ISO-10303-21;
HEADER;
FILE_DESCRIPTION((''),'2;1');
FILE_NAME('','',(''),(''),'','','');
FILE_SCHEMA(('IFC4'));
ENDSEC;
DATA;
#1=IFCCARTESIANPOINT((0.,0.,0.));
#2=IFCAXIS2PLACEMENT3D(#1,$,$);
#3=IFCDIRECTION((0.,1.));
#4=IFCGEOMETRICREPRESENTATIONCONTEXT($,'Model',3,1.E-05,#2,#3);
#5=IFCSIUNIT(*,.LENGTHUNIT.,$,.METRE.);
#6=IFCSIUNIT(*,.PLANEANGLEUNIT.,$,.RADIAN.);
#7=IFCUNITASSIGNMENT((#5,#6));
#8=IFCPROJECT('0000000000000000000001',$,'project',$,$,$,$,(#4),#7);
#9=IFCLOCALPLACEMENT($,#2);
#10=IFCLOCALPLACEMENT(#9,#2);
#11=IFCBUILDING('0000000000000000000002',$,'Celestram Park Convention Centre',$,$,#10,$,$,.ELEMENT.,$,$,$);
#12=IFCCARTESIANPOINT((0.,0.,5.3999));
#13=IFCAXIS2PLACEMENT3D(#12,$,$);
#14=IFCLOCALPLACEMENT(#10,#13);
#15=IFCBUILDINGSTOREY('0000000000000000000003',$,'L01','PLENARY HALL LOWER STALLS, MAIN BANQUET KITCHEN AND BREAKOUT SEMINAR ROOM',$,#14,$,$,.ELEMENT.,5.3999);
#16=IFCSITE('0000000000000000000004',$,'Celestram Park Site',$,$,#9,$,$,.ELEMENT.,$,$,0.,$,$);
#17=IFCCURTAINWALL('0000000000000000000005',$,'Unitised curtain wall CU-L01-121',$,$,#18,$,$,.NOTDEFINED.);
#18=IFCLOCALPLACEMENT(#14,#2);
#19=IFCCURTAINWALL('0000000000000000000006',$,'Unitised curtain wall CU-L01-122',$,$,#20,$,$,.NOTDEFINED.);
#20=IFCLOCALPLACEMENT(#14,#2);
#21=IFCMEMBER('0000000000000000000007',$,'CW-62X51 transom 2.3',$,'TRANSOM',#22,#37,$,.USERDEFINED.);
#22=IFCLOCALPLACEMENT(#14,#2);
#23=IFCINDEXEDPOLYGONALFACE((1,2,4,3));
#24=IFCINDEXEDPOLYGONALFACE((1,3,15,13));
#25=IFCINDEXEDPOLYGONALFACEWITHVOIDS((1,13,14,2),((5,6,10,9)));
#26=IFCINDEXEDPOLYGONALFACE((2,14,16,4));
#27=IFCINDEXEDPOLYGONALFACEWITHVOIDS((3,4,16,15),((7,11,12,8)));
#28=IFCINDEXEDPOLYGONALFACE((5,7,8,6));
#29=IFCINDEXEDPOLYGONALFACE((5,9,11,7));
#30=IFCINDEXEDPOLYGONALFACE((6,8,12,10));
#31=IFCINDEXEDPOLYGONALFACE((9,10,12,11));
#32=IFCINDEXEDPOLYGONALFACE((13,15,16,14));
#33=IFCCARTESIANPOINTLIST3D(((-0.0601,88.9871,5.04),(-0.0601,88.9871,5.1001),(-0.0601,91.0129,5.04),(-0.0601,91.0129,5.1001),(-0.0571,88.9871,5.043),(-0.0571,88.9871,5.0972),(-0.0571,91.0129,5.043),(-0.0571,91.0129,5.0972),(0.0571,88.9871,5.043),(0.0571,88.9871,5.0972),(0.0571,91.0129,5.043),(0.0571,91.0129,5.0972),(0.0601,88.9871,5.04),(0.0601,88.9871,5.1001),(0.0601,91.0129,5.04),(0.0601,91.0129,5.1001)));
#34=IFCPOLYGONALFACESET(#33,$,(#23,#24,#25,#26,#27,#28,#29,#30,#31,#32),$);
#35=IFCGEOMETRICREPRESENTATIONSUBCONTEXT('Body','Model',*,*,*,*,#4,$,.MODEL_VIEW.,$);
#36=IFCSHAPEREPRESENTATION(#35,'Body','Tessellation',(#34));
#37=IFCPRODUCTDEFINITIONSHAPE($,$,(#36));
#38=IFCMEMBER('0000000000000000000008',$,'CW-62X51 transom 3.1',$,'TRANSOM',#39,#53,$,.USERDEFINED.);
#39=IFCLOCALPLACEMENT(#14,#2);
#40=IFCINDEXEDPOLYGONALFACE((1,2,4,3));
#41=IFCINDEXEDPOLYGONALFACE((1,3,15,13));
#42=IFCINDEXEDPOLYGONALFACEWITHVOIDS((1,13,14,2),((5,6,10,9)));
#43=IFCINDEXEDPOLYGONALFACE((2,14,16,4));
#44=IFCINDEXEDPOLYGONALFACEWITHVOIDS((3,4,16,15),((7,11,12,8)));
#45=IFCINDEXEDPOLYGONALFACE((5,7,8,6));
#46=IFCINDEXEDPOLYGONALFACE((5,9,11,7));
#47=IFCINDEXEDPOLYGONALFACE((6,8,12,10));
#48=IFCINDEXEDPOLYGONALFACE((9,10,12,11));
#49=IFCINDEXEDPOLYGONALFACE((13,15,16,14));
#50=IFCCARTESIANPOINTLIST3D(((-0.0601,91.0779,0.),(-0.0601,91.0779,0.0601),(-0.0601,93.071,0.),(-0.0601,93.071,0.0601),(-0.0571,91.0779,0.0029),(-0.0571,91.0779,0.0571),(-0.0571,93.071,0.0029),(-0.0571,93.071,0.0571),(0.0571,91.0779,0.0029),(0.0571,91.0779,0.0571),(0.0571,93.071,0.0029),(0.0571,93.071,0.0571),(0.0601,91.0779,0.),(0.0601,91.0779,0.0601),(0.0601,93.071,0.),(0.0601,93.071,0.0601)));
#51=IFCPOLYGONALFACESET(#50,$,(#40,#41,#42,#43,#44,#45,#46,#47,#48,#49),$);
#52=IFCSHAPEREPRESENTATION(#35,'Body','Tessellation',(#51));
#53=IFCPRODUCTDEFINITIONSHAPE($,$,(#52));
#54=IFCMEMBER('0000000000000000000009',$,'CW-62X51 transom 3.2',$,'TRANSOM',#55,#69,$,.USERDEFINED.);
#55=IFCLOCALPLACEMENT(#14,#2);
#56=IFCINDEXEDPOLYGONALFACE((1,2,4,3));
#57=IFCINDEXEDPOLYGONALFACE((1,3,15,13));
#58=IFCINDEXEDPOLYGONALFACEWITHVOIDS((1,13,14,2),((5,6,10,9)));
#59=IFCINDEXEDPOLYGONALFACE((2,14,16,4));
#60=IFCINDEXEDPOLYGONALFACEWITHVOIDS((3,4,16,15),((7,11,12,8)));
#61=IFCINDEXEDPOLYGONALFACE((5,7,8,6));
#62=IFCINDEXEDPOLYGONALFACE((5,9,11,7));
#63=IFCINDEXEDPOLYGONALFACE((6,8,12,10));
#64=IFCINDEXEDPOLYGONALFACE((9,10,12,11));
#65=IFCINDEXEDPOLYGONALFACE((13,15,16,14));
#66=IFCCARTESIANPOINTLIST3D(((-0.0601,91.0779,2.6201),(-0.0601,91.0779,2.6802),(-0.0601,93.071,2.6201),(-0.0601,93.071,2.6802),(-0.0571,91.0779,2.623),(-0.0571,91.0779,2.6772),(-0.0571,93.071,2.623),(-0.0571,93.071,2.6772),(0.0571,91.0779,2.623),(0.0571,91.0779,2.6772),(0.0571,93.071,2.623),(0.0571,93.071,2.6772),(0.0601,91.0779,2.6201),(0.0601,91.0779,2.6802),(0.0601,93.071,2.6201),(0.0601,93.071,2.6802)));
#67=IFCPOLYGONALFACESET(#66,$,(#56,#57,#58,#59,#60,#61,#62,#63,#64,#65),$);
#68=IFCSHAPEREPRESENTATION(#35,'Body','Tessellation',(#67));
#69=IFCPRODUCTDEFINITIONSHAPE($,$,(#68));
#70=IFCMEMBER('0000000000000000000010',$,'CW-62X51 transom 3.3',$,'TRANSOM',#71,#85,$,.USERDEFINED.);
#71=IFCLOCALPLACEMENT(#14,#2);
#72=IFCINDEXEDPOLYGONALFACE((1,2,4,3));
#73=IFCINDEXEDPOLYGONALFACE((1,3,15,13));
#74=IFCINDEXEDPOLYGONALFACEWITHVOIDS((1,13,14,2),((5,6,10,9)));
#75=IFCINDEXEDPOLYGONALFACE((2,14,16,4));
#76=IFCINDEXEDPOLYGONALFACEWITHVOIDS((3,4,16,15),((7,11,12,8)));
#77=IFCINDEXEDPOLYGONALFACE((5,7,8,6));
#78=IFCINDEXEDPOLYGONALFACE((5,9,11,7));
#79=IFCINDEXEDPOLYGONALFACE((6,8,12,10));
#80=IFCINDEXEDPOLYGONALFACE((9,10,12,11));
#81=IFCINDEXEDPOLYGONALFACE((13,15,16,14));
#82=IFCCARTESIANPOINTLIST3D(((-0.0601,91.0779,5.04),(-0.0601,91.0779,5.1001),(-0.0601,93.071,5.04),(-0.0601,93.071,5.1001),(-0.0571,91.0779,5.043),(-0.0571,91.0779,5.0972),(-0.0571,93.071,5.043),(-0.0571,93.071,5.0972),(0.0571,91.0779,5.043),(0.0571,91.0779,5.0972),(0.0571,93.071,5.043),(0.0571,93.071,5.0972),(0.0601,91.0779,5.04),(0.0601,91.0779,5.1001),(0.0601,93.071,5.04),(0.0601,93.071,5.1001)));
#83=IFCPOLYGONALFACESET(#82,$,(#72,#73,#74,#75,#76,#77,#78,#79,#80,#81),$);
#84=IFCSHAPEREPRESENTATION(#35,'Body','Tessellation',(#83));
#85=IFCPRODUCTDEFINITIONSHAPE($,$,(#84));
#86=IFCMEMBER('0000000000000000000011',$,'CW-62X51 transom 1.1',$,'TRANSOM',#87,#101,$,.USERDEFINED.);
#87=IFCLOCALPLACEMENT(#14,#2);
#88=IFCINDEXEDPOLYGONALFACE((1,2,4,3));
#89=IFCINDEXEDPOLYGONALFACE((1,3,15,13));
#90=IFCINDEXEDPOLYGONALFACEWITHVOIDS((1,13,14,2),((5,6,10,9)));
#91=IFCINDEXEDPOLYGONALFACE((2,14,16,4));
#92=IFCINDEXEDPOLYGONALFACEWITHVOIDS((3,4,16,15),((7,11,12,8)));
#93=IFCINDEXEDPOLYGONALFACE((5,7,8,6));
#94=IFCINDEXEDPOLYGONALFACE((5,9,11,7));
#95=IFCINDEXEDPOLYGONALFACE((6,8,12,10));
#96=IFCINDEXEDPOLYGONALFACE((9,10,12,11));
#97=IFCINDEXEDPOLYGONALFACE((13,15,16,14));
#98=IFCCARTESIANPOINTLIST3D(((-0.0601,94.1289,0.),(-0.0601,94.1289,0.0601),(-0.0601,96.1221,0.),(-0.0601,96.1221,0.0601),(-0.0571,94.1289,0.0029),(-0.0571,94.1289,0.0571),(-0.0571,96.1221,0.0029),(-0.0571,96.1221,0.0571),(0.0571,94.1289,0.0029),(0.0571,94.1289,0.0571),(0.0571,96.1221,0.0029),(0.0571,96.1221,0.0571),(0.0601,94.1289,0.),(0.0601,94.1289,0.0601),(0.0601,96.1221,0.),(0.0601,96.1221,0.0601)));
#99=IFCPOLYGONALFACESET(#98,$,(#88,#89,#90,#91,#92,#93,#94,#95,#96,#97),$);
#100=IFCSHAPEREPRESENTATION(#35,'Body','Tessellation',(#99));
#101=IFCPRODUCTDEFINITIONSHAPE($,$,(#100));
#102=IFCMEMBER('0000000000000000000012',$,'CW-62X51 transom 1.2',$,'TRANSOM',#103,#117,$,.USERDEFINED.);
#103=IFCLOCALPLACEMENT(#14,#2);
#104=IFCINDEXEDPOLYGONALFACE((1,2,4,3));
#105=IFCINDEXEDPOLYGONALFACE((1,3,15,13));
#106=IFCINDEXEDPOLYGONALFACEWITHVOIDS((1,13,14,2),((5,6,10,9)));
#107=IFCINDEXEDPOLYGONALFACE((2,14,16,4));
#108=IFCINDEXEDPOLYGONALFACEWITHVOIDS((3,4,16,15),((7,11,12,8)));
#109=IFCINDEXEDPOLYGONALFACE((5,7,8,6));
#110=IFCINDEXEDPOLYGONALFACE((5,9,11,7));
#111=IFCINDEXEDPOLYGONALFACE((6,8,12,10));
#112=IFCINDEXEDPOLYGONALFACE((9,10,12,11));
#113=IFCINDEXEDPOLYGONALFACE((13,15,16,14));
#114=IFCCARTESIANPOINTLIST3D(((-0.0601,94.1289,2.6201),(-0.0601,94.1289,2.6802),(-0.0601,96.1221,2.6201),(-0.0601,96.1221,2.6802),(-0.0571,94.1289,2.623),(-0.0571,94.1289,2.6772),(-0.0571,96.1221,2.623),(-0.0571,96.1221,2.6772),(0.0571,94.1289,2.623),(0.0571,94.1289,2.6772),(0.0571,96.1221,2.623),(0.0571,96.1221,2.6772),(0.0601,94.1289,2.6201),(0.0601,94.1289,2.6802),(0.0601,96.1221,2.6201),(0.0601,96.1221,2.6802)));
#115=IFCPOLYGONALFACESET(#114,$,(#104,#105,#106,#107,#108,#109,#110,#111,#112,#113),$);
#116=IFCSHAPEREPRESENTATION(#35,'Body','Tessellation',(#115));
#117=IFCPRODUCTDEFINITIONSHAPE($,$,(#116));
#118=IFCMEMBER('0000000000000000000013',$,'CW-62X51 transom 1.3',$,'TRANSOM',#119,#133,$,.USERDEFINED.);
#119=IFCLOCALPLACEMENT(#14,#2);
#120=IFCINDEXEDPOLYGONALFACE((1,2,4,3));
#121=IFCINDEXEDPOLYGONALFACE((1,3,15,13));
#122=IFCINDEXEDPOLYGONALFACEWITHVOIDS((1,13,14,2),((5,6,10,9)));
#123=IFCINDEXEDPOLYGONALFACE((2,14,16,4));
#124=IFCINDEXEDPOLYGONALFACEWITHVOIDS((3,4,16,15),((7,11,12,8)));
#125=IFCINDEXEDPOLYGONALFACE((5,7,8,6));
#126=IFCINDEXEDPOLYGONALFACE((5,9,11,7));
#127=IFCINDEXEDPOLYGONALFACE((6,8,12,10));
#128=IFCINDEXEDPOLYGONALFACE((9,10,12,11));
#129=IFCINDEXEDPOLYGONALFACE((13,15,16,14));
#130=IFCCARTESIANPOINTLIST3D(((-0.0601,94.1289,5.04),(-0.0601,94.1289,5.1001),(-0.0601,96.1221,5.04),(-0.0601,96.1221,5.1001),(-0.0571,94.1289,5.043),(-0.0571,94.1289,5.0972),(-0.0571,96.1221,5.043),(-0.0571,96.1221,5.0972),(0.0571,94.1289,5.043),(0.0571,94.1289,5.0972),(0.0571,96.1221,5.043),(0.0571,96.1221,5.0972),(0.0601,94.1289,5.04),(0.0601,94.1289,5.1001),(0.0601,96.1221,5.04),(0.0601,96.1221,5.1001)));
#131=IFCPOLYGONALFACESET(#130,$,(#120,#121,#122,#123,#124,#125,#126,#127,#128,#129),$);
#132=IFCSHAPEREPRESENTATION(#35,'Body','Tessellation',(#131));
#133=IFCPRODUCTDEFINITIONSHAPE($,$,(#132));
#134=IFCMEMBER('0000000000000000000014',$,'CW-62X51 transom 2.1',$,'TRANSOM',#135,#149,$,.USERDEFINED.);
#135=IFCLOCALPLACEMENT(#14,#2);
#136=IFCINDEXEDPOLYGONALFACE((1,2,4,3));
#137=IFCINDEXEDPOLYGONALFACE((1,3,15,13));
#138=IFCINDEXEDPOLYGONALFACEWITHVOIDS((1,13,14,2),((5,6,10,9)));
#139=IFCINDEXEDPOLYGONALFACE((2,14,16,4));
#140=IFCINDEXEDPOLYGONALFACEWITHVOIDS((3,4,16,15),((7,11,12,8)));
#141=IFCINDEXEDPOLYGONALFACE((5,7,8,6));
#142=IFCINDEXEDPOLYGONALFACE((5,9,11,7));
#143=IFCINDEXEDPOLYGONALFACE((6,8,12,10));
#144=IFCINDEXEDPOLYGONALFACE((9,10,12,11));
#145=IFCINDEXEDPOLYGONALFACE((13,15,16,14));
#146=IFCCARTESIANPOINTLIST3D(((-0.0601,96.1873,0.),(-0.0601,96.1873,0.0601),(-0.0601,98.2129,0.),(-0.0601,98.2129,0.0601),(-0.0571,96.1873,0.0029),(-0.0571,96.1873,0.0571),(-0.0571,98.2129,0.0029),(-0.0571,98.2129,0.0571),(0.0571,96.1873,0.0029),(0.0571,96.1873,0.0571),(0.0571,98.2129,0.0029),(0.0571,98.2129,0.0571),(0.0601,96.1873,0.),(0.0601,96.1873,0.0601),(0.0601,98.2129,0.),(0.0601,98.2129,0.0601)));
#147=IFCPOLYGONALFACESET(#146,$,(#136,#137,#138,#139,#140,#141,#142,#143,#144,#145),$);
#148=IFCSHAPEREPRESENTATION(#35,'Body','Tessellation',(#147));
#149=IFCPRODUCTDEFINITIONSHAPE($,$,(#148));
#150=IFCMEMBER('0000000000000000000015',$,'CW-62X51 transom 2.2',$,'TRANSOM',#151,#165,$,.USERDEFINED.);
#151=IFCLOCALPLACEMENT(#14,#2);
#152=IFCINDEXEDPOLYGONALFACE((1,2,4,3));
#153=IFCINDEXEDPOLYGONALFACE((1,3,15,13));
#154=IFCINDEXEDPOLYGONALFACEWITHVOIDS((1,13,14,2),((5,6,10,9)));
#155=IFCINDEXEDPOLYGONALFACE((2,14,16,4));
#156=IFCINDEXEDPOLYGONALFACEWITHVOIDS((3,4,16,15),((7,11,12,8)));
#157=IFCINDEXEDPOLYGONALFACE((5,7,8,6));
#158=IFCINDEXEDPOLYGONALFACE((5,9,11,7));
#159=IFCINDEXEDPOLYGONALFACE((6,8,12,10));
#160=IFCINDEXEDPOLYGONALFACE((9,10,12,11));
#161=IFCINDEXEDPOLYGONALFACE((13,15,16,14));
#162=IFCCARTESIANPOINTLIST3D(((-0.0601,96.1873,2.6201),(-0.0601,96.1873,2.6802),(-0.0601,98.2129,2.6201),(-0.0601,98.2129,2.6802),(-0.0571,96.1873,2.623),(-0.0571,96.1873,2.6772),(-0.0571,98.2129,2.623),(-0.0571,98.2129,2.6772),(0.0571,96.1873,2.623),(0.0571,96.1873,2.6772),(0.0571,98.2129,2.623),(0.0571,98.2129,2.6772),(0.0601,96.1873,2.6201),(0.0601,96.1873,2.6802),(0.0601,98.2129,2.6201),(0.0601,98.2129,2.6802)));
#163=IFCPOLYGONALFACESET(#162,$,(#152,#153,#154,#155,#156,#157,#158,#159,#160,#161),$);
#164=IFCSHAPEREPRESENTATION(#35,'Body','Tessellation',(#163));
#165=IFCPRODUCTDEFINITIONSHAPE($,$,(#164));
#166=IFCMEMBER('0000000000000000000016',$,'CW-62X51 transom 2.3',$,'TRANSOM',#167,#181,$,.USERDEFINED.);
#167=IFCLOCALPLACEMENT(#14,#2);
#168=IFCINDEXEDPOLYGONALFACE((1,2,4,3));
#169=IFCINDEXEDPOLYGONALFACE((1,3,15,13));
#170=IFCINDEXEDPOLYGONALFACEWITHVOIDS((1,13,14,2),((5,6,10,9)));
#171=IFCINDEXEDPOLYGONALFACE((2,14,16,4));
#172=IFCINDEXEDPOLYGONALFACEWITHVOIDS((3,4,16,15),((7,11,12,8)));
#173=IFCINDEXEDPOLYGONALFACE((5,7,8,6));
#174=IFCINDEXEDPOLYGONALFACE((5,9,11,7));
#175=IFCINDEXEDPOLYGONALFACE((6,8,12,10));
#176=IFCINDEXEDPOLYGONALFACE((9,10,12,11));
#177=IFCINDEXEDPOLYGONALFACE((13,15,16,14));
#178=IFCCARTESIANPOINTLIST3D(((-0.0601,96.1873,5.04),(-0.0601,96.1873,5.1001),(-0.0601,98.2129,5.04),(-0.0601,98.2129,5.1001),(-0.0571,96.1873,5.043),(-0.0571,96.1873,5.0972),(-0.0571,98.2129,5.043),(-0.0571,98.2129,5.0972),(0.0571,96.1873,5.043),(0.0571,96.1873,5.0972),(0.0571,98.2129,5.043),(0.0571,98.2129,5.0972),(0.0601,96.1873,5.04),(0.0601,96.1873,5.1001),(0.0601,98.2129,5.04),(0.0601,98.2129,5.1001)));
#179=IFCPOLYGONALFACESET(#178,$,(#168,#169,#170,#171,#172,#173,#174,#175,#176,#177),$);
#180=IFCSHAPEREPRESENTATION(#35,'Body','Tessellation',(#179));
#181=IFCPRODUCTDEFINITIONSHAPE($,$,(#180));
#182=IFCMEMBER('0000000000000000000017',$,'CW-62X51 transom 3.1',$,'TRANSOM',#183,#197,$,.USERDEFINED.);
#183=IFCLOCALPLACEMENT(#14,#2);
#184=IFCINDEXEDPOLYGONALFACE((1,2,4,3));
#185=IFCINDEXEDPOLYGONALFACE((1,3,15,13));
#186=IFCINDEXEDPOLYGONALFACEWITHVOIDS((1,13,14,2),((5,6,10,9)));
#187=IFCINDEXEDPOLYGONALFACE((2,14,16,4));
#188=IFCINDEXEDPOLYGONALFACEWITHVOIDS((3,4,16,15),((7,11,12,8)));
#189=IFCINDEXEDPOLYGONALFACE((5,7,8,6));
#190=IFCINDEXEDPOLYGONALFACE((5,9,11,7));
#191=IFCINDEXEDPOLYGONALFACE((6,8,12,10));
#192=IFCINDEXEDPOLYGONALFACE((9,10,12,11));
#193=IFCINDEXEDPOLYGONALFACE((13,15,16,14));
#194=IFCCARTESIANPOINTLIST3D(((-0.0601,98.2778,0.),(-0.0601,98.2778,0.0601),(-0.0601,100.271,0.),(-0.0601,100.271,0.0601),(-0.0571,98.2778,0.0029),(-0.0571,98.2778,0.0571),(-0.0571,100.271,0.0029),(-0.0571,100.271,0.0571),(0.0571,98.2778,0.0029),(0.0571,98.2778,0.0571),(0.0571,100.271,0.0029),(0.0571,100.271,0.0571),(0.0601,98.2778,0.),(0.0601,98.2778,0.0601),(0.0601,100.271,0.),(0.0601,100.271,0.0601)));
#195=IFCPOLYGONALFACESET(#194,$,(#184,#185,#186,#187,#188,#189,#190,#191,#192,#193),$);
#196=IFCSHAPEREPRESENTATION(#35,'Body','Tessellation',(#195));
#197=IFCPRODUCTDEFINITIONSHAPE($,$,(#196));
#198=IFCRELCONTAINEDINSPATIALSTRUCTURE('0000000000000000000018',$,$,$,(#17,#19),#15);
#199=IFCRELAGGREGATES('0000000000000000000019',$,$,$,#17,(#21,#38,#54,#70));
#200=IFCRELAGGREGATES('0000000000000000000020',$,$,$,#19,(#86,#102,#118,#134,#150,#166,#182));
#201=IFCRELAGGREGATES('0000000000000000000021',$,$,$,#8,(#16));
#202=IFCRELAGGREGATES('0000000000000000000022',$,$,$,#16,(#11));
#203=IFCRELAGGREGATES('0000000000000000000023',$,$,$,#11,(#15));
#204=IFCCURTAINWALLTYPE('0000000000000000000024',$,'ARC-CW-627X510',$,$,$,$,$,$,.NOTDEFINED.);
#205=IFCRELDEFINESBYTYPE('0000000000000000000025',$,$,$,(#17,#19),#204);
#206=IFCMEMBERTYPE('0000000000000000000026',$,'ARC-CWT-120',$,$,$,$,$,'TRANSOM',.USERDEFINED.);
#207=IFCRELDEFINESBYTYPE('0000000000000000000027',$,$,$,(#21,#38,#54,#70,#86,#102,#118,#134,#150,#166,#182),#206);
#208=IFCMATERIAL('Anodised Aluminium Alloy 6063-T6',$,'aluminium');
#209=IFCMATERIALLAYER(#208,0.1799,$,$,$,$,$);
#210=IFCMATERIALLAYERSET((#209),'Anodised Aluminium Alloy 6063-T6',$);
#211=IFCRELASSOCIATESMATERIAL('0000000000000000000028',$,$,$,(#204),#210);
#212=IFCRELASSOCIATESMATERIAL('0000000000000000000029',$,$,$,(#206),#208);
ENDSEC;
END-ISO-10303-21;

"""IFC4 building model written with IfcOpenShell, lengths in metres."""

from ifc_helpers import new_model, si_unit, direction, frame, origin, origin_2d, place, context, subcontext, project, spatial, hollow_rectangle, extrude, material, layer, layer_set, material_profile, profile_set, type_object, element, aggregate, save


model = new_model("IFC4")

# Units and contexts
model_context = context("Model", 3, precision=1e-05, world=origin(), true_north=direction((0.0, 1.0)))
body_context = subcontext(model_context, "Body", "Model", "MODEL_VIEW")
ifc_project = project(units=[si_unit("LENGTHUNIT", "METRE"), si_unit("PLANEANGLEUNIT", "RADIAN")], contexts=[model_context])

# Site, building, storey
site_placement = place(None, origin())
site = spatial("IfcSite", under=ifc_project, at=site_placement, Name="Celestram Park Site", CompositionType="ELEMENT", RefElevation=0.0)
building_placement = place(site_placement, origin())
building = spatial("IfcBuilding", under=site, at=building_placement, Name="Celestram Park Convention Centre", CompositionType="ELEMENT")
storey_placement = place(building_placement, frame((0.0, 0.0, 5.3999)))
storey = spatial("IfcBuildingStorey", under=building, at=storey_placement, Name="L01", Description="PLENARY HALL LOWER STALLS, MAIN BANQUET KITCHEN AND BREAKOUT SEMINAR ROOM", CompositionType="ELEMENT", Elevation=5.3999)

# Curtain walls
ifc_material_1 = material(Name="Anodised Aluminium Alloy 6063-T6", Category="aluminium")
ifc_layer_1 = layer(ifc_material_1, 0.1799)
ifc_layer_set_1 = layer_set([ifc_layer_1], Name="Anodised Aluminium Alloy 6063-T6")
curtain_wall_type = type_object("IfcCurtainWallType", Name="ARC-CW-627X510", PredefinedType="NOTDEFINED", material=ifc_layer_set_1)
curtain_wall_1_placement = place(storey_placement, origin())
curtain_wall_1 = element("IfcCurtainWall", 1, at=curtain_wall_1_placement, inside=storey, type_object=curtain_wall_type, Name="Unitised curtain wall CU-L01-121", PredefinedType="NOTDEFINED")
curtain_wall_2_placement = place(storey_placement, origin())
curtain_wall_2 = element("IfcCurtainWall", 2, at=curtain_wall_2_placement, inside=storey, type_object=curtain_wall_type, Name="Unitised curtain wall CU-L01-122", PredefinedType="NOTDEFINED")

# Members
ifc_material_profile_1 = material_profile(ifc_material_1, hollow_rectangle(XDim=0.1201, YDim=0.0601, WallThickness=0.0029, at=origin_2d()), Name="ALU120X60X3")
ifc_profile_set_1 = profile_set([ifc_material_profile_1], Name="Anodised Aluminium Alloy 6063-T6")
member_type_1 = type_object("IfcMemberType", Name="ARC-CWT-120", ElementType="TRANSOM", PredefinedType="USERDEFINED", material=ifc_profile_set_1)
member_1_placement = place(storey_placement, frame((0.0, 88.9871, 5.0701), z_axis=(0.0, 1.0, 0.0), x_axis=(-1.0, 0.0, 0.0)))
member_1 = element("IfcMember", 3, at=member_1_placement, type_object=member_type_1, Name="CW-62X51 transom 2.3", ObjectType="TRANSOM", PredefinedType="USERDEFINED", context=body_context, shape_type="SweptSolid", body=[
    extrude(hollow_rectangle(XDim=0.1201, YDim=0.0601, WallThickness=0.0029, at=origin_2d()), origin(), (0.0, 0.0, 1.0), 2.0259),
])
member_2_placement = place(storey_placement, frame((0.0, 91.0779, 0.03), z_axis=(0.0, 1.0, 0.0), x_axis=(-1.0, 0.0, 0.0)))
member_2 = element("IfcMember", 4, at=member_2_placement, type_object=member_type_1, Name="CW-62X51 transom 3.1", ObjectType="TRANSOM", PredefinedType="USERDEFINED", context=body_context, shape_type="SweptSolid", body=[
    extrude(hollow_rectangle(XDim=0.1201, YDim=0.0601, WallThickness=0.0029, at=origin_2d()), origin(), (0.0, 0.0, 1.0), 1.9932),
])
member_3_placement = place(storey_placement, frame((0.0, 91.0779, 2.6501), z_axis=(0.0, 1.0, 0.0), x_axis=(-1.0, 0.0, 0.0)))
member_3 = element("IfcMember", 5, at=member_3_placement, type_object=member_type_1, Name="CW-62X51 transom 3.2", ObjectType="TRANSOM", PredefinedType="USERDEFINED", context=body_context, shape_type="SweptSolid", body=[
    extrude(hollow_rectangle(XDim=0.1201, YDim=0.0601, WallThickness=0.0029, at=origin_2d()), origin(), (0.0, 0.0, 1.0), 1.9932),
])
member_4_placement = place(storey_placement, frame((0.0, 91.0779, 5.0701), z_axis=(0.0, 1.0, 0.0), x_axis=(-1.0, 0.0, 0.0)))
member_4 = element("IfcMember", 6, at=member_4_placement, type_object=member_type_1, Name="CW-62X51 transom 3.3", ObjectType="TRANSOM", PredefinedType="USERDEFINED", context=body_context, shape_type="SweptSolid", body=[
    extrude(hollow_rectangle(XDim=0.1201, YDim=0.0601, WallThickness=0.0029, at=origin_2d()), origin(), (0.0, 0.0, 1.0), 1.9932),
])
member_5_placement = place(storey_placement, frame((0.0, 94.1289, 0.03), z_axis=(0.0, 1.0, 0.0), x_axis=(-1.0, 0.0, 0.0)))
member_5 = element("IfcMember", 7, at=member_5_placement, type_object=member_type_1, Name="CW-62X51 transom 1.1", ObjectType="TRANSOM", PredefinedType="USERDEFINED", context=body_context, shape_type="SweptSolid", body=[
    extrude(hollow_rectangle(XDim=0.1201, YDim=0.0601, WallThickness=0.0029, at=origin_2d()), origin(), (0.0, 0.0, 1.0), 1.9932),
])
member_6_placement = place(storey_placement, frame((0.0, 94.1289, 2.6501), z_axis=(0.0, 1.0, 0.0), x_axis=(-1.0, 0.0, 0.0)))
member_6 = element("IfcMember", 8, at=member_6_placement, type_object=member_type_1, Name="CW-62X51 transom 1.2", ObjectType="TRANSOM", PredefinedType="USERDEFINED", context=body_context, shape_type="SweptSolid", body=[
    extrude(hollow_rectangle(XDim=0.1201, YDim=0.0601, WallThickness=0.0029, at=origin_2d()), origin(), (0.0, 0.0, 1.0), 1.9932),
])
member_7_placement = place(storey_placement, frame((0.0, 94.1289, 5.0701), z_axis=(0.0, 1.0, 0.0), x_axis=(-1.0, 0.0, 0.0)))
member_7 = element("IfcMember", 9, at=member_7_placement, type_object=member_type_1, Name="CW-62X51 transom 1.3", ObjectType="TRANSOM", PredefinedType="USERDEFINED", context=body_context, shape_type="SweptSolid", body=[
    extrude(hollow_rectangle(XDim=0.1201, YDim=0.0601, WallThickness=0.0029, at=origin_2d()), origin(), (0.0, 0.0, 1.0), 1.9932),
])
member_8_placement = place(storey_placement, frame((0.0, 96.1873, 0.03), z_axis=(0.0, 1.0, 0.0), x_axis=(-1.0, 0.0, 0.0)))
member_8 = element("IfcMember", 10, at=member_8_placement, type_object=member_type_1, Name="CW-62X51 transom 2.1", ObjectType="TRANSOM", PredefinedType="USERDEFINED", context=body_context, shape_type="SweptSolid", body=[
    extrude(hollow_rectangle(XDim=0.1201, YDim=0.0601, WallThickness=0.0029, at=origin_2d()), origin(), (0.0, 0.0, 1.0), 2.0256),
])
member_9_placement = place(storey_placement, frame((0.0, 96.1873, 2.6501), z_axis=(0.0, 1.0, 0.0), x_axis=(-1.0, 0.0, 0.0)))
member_9 = element("IfcMember", 11, at=member_9_placement, type_object=member_type_1, Name="CW-62X51 transom 2.2", ObjectType="TRANSOM", PredefinedType="USERDEFINED", context=body_context, shape_type="SweptSolid", body=[
    extrude(hollow_rectangle(XDim=0.1201, YDim=0.0601, WallThickness=0.0029, at=origin_2d()), origin(), (0.0, 0.0, 1.0), 2.0256),
])
member_10_placement = place(storey_placement, frame((0.0, 96.1873, 5.0701), z_axis=(0.0, 1.0, 0.0), x_axis=(-1.0, 0.0, 0.0)))
member_10 = element("IfcMember", 12, at=member_10_placement, type_object=member_type_1, Name="CW-62X51 transom 2.3", ObjectType="TRANSOM", PredefinedType="USERDEFINED", context=body_context, shape_type="SweptSolid", body=[
    extrude(hollow_rectangle(XDim=0.1201, YDim=0.0601, WallThickness=0.0029, at=origin_2d()), origin(), (0.0, 0.0, 1.0), 2.0256),
])
member_11_placement = place(storey_placement, frame((0.0, 98.2778, 0.03), z_axis=(0.0, 1.0, 0.0), x_axis=(-1.0, 0.0, 0.0)))
member_11 = element("IfcMember", 13, at=member_11_placement, type_object=member_type_1, Name="CW-62X51 transom 3.1", ObjectType="TRANSOM", PredefinedType="USERDEFINED", context=body_context, shape_type="SweptSolid", body=[
    extrude(hollow_rectangle(XDim=0.1201, YDim=0.0601, WallThickness=0.0029, at=origin_2d()), origin(), (0.0, 0.0, 1.0), 1.9932),
])

aggregate(curtain_wall_1, [member_1, member_2, member_3, member_4])
aggregate(curtain_wall_2, [member_5, member_6, member_7, member_8, member_9, member_10, member_11])

save(model, "model.ifc")
